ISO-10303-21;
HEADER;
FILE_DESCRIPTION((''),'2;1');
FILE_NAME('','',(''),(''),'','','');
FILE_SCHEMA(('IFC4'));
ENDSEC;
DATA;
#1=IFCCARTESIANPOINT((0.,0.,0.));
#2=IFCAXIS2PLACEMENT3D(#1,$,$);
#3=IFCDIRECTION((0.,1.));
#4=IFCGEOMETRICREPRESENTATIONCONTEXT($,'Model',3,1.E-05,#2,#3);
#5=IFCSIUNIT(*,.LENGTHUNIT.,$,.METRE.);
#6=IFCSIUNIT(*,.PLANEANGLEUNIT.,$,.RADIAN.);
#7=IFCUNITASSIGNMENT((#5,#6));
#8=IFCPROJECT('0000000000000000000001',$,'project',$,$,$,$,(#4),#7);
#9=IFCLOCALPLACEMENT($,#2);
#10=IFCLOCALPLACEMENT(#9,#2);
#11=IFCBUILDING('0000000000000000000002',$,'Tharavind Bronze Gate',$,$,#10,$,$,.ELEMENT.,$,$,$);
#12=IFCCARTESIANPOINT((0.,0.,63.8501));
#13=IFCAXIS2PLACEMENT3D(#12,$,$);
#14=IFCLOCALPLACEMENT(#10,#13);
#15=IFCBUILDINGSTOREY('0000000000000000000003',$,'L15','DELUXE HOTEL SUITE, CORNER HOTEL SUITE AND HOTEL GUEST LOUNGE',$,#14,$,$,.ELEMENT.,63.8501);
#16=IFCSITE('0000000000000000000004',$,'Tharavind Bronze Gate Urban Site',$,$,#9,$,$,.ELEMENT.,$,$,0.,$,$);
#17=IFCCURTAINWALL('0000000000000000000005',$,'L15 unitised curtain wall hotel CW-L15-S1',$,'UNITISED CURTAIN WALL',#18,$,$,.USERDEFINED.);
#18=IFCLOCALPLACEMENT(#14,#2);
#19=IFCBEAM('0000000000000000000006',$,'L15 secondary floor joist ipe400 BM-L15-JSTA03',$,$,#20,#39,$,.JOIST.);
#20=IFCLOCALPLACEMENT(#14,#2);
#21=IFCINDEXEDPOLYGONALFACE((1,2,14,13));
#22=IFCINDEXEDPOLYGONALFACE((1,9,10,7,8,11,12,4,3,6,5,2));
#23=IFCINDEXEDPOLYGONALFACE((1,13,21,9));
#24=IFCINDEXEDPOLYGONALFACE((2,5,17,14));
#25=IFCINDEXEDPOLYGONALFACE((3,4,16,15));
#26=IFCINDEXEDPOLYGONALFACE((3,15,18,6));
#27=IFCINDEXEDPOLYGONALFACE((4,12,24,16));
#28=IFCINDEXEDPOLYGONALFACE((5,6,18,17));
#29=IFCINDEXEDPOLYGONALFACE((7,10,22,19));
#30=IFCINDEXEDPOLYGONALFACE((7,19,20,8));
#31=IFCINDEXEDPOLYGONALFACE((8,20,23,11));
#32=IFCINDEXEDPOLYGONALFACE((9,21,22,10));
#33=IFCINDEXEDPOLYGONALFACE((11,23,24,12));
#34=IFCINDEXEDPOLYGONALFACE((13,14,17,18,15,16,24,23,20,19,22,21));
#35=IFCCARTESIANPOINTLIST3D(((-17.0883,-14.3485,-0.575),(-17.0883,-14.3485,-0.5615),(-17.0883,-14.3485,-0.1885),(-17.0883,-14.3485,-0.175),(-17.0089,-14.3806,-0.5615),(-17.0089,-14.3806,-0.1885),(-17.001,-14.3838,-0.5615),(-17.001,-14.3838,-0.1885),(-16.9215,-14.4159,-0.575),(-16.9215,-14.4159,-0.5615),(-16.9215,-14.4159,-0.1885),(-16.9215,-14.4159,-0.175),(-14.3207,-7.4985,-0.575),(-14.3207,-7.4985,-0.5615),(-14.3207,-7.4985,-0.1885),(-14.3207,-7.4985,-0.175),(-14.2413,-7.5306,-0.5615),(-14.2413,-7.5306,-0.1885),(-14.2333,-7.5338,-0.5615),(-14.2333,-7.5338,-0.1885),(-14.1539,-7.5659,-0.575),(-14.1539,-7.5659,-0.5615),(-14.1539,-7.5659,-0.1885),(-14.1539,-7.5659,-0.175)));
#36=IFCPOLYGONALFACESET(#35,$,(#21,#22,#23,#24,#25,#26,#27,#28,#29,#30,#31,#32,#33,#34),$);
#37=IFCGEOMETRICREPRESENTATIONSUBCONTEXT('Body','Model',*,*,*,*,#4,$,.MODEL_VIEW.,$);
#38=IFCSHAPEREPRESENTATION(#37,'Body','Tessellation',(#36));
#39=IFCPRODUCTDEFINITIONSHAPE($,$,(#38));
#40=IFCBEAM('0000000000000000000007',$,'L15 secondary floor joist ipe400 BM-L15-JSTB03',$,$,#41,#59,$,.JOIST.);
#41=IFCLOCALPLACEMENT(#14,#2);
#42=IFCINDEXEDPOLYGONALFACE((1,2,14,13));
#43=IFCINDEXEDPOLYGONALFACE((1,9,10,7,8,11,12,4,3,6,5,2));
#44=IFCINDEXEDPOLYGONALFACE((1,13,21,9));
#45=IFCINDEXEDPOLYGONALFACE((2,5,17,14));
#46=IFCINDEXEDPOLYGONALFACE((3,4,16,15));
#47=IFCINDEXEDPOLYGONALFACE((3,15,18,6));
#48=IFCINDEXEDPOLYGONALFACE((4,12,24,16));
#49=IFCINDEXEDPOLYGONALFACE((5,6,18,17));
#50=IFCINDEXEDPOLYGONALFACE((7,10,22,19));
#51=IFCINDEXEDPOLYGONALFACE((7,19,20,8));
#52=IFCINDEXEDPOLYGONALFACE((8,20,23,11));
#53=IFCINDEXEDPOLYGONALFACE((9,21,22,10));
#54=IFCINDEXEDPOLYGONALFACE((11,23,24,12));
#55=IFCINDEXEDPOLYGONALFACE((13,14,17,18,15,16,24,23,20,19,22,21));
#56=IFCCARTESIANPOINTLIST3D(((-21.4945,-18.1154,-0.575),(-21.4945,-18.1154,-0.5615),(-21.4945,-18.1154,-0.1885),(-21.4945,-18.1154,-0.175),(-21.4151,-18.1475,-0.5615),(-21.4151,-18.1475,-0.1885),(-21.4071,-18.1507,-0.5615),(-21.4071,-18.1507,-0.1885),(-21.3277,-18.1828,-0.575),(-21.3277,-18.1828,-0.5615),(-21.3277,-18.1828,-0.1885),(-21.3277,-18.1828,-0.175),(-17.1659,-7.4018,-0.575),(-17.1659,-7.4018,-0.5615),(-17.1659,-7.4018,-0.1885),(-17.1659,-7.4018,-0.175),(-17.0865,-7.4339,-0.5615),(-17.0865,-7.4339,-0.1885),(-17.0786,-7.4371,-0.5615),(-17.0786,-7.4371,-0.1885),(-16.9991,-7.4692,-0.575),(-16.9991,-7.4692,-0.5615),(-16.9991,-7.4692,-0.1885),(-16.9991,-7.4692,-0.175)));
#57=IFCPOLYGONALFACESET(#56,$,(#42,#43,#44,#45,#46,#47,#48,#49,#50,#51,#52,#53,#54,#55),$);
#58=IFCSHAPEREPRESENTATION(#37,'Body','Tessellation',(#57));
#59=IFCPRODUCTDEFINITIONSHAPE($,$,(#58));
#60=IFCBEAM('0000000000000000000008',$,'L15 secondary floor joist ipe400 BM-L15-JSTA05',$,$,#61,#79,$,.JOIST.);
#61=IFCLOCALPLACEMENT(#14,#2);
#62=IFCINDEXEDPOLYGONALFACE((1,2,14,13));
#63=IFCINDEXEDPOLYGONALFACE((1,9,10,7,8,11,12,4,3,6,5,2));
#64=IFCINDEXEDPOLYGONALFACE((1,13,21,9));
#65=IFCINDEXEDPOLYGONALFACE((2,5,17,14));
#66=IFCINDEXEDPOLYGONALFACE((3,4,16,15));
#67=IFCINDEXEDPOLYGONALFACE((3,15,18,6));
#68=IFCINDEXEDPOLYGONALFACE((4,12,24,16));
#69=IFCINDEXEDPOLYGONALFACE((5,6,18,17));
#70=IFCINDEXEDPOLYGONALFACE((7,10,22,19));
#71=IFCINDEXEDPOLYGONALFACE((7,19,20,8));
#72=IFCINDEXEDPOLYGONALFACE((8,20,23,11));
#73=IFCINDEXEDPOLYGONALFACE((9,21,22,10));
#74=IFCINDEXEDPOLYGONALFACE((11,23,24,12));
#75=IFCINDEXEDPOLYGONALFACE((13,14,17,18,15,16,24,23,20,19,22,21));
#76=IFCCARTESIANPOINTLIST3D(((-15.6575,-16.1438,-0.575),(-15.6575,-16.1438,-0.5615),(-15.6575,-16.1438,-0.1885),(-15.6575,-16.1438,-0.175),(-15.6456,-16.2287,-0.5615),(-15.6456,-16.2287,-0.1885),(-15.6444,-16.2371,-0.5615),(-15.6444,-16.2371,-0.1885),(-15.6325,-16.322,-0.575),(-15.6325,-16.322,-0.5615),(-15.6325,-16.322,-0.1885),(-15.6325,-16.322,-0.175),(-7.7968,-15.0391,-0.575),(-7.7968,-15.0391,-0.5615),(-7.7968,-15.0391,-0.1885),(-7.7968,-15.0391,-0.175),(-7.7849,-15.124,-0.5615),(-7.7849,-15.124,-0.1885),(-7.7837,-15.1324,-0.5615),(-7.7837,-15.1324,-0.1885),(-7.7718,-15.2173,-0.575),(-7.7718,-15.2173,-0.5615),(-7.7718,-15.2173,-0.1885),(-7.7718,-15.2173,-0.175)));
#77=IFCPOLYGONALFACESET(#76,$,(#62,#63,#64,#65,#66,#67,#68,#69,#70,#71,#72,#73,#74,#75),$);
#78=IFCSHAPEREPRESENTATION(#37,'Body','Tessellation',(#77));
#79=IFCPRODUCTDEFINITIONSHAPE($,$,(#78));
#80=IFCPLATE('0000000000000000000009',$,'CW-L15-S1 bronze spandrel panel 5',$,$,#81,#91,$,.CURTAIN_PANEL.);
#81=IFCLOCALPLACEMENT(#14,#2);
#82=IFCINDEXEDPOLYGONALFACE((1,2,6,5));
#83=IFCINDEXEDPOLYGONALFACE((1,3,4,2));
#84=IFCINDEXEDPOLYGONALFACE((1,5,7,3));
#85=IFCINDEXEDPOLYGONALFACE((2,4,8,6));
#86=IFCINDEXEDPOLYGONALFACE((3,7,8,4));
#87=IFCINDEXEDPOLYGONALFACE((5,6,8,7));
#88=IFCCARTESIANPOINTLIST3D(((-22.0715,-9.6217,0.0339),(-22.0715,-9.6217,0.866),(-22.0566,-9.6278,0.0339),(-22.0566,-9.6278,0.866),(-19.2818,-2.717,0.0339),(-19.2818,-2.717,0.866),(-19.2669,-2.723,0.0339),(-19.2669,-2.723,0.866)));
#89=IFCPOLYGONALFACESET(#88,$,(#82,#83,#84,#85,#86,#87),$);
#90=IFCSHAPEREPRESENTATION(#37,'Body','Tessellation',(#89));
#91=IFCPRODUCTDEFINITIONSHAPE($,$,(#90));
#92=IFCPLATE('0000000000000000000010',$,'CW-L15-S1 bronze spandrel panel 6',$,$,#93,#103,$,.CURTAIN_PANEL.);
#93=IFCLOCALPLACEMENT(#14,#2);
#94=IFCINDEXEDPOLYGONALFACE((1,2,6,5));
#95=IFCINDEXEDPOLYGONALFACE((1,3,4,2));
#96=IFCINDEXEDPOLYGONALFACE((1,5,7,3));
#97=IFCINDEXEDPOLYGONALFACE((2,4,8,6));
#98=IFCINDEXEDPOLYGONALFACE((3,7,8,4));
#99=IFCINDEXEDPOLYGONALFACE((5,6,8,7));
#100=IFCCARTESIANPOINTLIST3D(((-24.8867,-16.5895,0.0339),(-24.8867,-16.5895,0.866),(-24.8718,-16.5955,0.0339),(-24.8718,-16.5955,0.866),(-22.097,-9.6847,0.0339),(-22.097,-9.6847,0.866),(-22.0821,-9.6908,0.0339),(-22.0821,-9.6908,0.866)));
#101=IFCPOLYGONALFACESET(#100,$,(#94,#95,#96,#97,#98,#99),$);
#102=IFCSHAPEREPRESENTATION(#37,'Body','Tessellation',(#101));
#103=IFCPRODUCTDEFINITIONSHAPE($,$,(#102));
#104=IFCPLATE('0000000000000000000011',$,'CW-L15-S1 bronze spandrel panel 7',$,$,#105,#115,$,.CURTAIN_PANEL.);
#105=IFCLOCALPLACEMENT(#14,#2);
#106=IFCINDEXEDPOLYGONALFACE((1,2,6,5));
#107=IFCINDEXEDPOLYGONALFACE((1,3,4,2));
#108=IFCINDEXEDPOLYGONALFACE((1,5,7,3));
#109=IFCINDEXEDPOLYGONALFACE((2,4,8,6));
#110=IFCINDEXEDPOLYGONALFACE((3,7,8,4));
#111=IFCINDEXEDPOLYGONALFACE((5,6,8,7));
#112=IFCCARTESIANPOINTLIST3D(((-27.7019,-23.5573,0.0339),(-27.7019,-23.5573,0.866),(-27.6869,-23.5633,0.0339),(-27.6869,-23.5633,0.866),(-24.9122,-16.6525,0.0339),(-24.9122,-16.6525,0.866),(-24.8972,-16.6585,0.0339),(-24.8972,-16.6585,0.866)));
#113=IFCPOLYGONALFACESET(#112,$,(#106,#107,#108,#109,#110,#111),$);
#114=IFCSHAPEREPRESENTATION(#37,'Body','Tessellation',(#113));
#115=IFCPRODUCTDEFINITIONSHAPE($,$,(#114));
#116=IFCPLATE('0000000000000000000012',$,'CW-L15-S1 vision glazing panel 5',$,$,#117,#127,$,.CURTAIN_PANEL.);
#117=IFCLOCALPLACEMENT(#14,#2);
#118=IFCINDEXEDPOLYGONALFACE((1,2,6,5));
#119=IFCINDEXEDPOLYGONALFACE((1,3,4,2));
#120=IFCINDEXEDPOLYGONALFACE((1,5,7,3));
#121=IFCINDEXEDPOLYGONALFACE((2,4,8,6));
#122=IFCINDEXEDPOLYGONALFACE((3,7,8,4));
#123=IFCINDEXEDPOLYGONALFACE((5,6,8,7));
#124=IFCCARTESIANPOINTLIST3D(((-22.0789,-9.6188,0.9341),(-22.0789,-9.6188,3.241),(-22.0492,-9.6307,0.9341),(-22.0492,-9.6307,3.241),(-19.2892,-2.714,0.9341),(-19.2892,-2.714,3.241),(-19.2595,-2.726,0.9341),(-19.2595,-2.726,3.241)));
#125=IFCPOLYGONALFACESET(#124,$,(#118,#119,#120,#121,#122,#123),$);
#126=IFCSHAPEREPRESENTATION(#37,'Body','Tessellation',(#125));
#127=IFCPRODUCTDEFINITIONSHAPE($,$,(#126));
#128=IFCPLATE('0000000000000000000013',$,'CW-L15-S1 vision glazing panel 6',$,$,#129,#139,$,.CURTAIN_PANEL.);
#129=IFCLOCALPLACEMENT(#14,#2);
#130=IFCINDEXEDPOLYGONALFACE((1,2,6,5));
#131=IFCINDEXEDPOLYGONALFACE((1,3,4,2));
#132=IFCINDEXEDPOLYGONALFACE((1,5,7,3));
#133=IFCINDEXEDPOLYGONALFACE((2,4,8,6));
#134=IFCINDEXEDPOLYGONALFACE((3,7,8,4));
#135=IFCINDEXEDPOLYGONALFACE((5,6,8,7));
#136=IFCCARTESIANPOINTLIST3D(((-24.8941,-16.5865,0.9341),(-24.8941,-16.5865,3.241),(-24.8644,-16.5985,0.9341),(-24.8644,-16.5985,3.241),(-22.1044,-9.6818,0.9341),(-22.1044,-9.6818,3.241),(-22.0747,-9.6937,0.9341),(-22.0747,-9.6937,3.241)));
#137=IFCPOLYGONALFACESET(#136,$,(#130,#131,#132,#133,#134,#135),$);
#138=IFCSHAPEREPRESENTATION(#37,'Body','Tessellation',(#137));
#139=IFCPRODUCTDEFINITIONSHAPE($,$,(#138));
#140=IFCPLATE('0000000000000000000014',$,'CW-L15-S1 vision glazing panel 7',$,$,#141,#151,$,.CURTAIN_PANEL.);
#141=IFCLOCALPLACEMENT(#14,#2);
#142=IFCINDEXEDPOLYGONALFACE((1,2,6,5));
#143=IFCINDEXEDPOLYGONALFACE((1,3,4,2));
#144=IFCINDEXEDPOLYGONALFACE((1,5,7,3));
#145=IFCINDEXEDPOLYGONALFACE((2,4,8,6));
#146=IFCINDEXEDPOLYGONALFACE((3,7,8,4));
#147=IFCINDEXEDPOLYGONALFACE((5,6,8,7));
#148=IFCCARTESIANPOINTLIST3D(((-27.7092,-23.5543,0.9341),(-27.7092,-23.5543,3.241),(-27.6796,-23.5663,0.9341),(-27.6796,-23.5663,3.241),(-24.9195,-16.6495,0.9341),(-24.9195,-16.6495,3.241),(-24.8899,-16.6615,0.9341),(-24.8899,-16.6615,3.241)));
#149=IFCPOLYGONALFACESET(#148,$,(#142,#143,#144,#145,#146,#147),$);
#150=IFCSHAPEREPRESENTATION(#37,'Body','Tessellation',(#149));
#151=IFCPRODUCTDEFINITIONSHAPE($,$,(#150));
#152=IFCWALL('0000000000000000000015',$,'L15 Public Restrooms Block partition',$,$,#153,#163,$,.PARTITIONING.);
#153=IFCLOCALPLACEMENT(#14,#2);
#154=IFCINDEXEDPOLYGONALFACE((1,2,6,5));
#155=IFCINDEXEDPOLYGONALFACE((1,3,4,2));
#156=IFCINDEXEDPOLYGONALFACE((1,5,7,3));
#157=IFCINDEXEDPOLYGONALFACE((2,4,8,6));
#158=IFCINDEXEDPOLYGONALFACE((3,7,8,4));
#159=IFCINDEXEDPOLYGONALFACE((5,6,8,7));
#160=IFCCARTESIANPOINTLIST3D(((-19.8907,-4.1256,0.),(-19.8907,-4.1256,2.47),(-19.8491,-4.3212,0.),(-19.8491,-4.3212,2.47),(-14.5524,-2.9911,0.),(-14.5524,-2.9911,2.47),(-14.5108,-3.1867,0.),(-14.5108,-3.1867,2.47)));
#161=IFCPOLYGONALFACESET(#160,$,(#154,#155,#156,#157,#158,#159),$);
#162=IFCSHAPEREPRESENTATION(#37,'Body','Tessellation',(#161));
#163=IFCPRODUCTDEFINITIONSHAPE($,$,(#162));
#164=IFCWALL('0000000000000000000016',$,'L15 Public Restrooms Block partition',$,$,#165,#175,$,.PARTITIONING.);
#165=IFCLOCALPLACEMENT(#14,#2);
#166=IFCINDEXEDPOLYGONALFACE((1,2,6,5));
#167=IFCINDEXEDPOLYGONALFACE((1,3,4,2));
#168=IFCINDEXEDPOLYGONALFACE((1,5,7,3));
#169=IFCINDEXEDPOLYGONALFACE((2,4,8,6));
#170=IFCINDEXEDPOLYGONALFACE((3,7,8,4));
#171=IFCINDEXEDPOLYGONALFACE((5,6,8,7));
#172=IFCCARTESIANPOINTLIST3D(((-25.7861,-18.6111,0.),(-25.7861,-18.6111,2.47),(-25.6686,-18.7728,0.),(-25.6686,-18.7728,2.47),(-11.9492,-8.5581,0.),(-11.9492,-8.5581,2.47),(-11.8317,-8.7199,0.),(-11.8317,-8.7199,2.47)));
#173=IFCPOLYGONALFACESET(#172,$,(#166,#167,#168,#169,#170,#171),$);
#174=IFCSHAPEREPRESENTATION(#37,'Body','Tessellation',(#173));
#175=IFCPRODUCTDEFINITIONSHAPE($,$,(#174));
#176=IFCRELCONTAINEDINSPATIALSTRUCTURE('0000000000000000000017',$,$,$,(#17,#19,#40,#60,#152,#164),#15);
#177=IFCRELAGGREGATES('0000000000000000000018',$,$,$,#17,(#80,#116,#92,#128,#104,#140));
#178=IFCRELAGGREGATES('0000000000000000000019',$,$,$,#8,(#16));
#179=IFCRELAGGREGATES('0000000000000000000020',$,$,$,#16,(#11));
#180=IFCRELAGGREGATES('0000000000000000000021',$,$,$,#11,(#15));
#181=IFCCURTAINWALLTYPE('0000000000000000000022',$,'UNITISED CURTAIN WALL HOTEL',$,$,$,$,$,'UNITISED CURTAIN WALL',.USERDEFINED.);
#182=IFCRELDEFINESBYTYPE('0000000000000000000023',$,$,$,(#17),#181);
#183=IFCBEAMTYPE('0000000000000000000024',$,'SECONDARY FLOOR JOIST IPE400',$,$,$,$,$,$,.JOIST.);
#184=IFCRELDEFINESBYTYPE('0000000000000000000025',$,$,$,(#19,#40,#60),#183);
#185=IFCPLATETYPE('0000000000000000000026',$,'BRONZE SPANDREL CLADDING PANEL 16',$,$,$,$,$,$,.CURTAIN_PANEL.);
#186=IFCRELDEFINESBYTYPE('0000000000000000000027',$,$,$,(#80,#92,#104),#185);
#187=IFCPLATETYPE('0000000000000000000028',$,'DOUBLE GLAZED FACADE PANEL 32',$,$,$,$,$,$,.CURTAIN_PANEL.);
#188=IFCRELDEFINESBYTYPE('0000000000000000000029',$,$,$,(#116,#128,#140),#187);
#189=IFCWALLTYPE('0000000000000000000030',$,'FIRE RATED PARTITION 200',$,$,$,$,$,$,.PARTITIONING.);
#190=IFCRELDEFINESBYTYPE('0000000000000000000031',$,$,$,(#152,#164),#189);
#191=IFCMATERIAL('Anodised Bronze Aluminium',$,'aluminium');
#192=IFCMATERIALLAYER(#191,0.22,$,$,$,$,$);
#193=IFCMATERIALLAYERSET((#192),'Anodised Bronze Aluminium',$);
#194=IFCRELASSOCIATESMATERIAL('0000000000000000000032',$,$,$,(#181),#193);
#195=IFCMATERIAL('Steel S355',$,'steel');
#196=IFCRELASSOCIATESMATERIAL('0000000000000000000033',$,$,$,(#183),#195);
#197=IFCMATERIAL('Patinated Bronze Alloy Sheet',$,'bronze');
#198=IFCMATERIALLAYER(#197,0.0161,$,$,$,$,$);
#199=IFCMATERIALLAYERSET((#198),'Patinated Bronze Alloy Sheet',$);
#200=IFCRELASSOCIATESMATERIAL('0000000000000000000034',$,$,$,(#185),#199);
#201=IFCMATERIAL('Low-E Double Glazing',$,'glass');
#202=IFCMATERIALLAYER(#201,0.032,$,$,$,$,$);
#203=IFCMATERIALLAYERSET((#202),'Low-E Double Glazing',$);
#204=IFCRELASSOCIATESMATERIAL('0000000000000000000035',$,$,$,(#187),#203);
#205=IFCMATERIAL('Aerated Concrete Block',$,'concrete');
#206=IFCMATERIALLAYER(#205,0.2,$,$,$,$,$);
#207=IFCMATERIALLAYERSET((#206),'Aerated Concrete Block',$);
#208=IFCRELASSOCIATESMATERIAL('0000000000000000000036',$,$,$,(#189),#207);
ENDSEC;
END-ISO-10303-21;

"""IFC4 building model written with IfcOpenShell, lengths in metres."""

from ifc_helpers import new_model, si_unit, direction, frame, frame_2d, origin, origin_2d, place, context, subcontext, project, spatial, rectangle, i_section, extrude, material, layer, layer_set, material_profile, profile_set, type_object, element, aggregate, save


model = new_model("IFC4")

# Units and contexts
model_context = context("Model", 3, precision=1e-05, world=origin(), true_north=direction((0.0, 1.0)))
body_context = subcontext(model_context, "Body", "Model", "MODEL_VIEW")
ifc_project = project(units=[si_unit("LENGTHUNIT", "METRE"), si_unit("PLANEANGLEUNIT", "RADIAN")], contexts=[model_context])

# Site, building, storey
site_placement = place(None, origin())
site = spatial("IfcSite", under=ifc_project, at=site_placement, Name="Tharavind Bronze Gate Urban Site", CompositionType="ELEMENT", RefElevation=0.0)
building_placement = place(site_placement, origin())
building = spatial("IfcBuilding", under=site, at=building_placement, Name="Tharavind Bronze Gate", CompositionType="ELEMENT")
storey_placement = place(building_placement, frame((0.0, 0.0, 63.8501)))
storey = spatial("IfcBuildingStorey", under=building, at=storey_placement, Name="L15", Description="DELUXE HOTEL SUITE, CORNER HOTEL SUITE AND HOTEL GUEST LOUNGE", CompositionType="ELEMENT", Elevation=63.8501)

# Curtain wall
ifc_material_1 = material(Name="Anodised Bronze Aluminium", Category="aluminium")
ifc_layer_1 = layer(ifc_material_1, 0.22)
ifc_layer_set_1 = layer_set([ifc_layer_1], Name="Anodised Bronze Aluminium")
curtain_wall_type = type_object("IfcCurtainWallType", Name="UNITISED CURTAIN WALL HOTEL", ElementType="UNITISED CURTAIN WALL", PredefinedType="USERDEFINED", material=ifc_layer_set_1)
curtain_wall_placement = place(storey_placement, origin())
curtain_wall = element("IfcCurtainWall", 1, at=curtain_wall_placement, inside=storey, type_object=curtain_wall_type, Name="L15 unitised curtain wall hotel CW-L15-S1", ObjectType="UNITISED CURTAIN WALL", PredefinedType="USERDEFINED")

# Beams
ifc_material_2 = material(Name="Steel S355", Category="steel")
ifc_material_profile_1 = material_profile(ifc_material_2, i_section(OverallWidth=0.1799, OverallDepth=0.3999, WebThickness=0.0085, FlangeThickness=0.0134, at=origin_2d()), Name="IPE400")
ifc_profile_set_1 = profile_set([ifc_material_profile_1], Name="Steel S355")
beam_type_1 = type_object("IfcBeamType", Name="SECONDARY FLOOR JOIST IPE400", PredefinedType="JOIST", material=ifc_profile_set_1)
beam_1_placement = place(storey_placement, frame((-14.2373, -7.5322, -0.375), z_axis=(-0.374613, -0.927181, 0.0), x_axis=(0.927181, -0.374613, 0.0)))
element("IfcBeam", 2, at=beam_1_placement, inside=storey, type_object=beam_type_1, Name="L15 secondary floor joist ipe400 BM-L15-JSTA03", PredefinedType="JOIST", context=body_context, shape_type="SweptSolid", body=[
    extrude(i_section(OverallWidth=0.1799, OverallDepth=0.3999, WebThickness=0.0085, FlangeThickness=0.0134, at=origin_2d()), origin(), (0.0, 0.0, 1.0), 7.3879),
])
beam_2_placement = place(storey_placement, frame((-17.0825, -7.4355, -0.375), z_axis=(-0.374609, -0.927183, 0.0), x_axis=(0.927183, -0.374609, 0.0)))
element("IfcBeam", 3, at=beam_2_placement, inside=storey, type_object=beam_type_1, Name="L15 secondary floor joist ipe400 BM-L15-JSTB03", PredefinedType="JOIST", context=body_context, shape_type="SweptSolid", body=[
    extrude(i_section(OverallWidth=0.1799, OverallDepth=0.3999, WebThickness=0.0085, FlangeThickness=0.0134, at=origin_2d()), origin(), (0.0, 0.0, 1.0), 11.5549),
])
beam_3_placement = place(storey_placement, frame((-15.645, -16.2329, -0.375), z_axis=(0.990269, 0.139169, 0.0), x_axis=(-0.139169, 0.990269, 0.0)))
element("IfcBeam", 4, at=beam_3_placement, inside=storey, type_object=beam_type_1, Name="L15 secondary floor joist ipe400 BM-L15-JSTA05", PredefinedType="JOIST", context=body_context, shape_type="SweptSolid", body=[
    extrude(i_section(OverallWidth=0.1799, OverallDepth=0.3999, WebThickness=0.0085, FlangeThickness=0.0134, at=origin_2d()), origin(), (0.0, 0.0, 1.0), 7.938),
])

# Plates
ifc_material_3 = material(Name="Patinated Bronze Alloy Sheet", Category="bronze")
ifc_layer_2 = layer(ifc_material_3, 0.0161)
ifc_layer_set_2 = layer_set([ifc_layer_2], Name="Patinated Bronze Alloy Sheet")
plate_type_1 = type_object("IfcPlateType", Name="BRONZE SPANDREL CLADDING PANEL 16", PredefinedType="CURTAIN_PANEL", material=ifc_layer_set_2)
plate_1_placement = place(storey_placement, frame((-20.6692, -6.1724, 0.0339), z_axis=(0.0, 0.0, 1.0), x_axis=(-0.374607, -0.927184, 0.0)))
plate_1 = element("IfcPlate", 5, at=plate_1_placement, type_object=plate_type_1, Name="CW-L15-S1 bronze spandrel panel 5", PredefinedType="CURTAIN_PANEL", context=body_context, shape_type="SweptSolid", body=[
    extrude(rectangle(XDim=7.447, YDim=0.0161, at=origin_2d()), origin(), (0.0, 0.0, 1.0), 0.832),
])
plate_2_placement = place(storey_placement, frame((-23.4844, -13.1401, 0.0339), z_axis=(0.0, 0.0, 1.0), x_axis=(-0.374607, -0.927184, 0.0)))
plate_2 = element("IfcPlate", 6, at=plate_2_placement, type_object=plate_type_1, Name="CW-L15-S1 bronze spandrel panel 6", PredefinedType="CURTAIN_PANEL", context=body_context, shape_type="SweptSolid", body=[
    extrude(rectangle(XDim=7.447, YDim=0.0161, at=origin_2d()), origin(), (0.0, 0.0, 1.0), 0.832),
])
plate_3_placement = place(storey_placement, frame((-26.2996, -20.1079, 0.0339), z_axis=(0.0, 0.0, 1.0), x_axis=(-0.374607, -0.927184, 0.0)))
plate_3 = element("IfcPlate", 7, at=plate_3_placement, type_object=plate_type_1, Name="CW-L15-S1 bronze spandrel panel 7", PredefinedType="CURTAIN_PANEL", context=body_context, shape_type="SweptSolid", body=[
    extrude(rectangle(XDim=7.447, YDim=0.0161, at=origin_2d()), origin(), (0.0, 0.0, 1.0), 0.832),
])
ifc_material_4 = material(Name="Low-E Double Glazing", Category="glass")
ifc_layer_3 = layer(ifc_material_4, 0.032)
ifc_layer_set_3 = layer_set([ifc_layer_3], Name="Low-E Double Glazing")
plate_type_2 = type_object("IfcPlateType", Name="DOUBLE GLAZED FACADE PANEL 32", PredefinedType="CURTAIN_PANEL", material=ifc_layer_set_3)
plate_4_placement = place(storey_placement, frame((-20.6692, -6.1724, 0.9341), z_axis=(0.0, 0.0, 1.0), x_axis=(-0.374607, -0.927184, 0.0)))
plate_4 = element("IfcPlate", 8, at=plate_4_placement, type_object=plate_type_2, Name="CW-L15-S1 vision glazing panel 5", PredefinedType="CURTAIN_PANEL", context=body_context, shape_type="SweptSolid", body=[
    extrude(rectangle(XDim=7.447, YDim=0.032, at=origin_2d()), origin(), (0.0, 0.0, 1.0), 2.3069),
])
plate_5_placement = place(storey_placement, frame((-23.4844, -13.1401, 0.9341), z_axis=(0.0, 0.0, 1.0), x_axis=(-0.374607, -0.927184, 0.0)))
plate_5 = element("IfcPlate", 9, at=plate_5_placement, type_object=plate_type_2, Name="CW-L15-S1 vision glazing panel 6", PredefinedType="CURTAIN_PANEL", context=body_context, shape_type="SweptSolid", body=[
    extrude(rectangle(XDim=7.447, YDim=0.032, at=origin_2d()), origin(), (0.0, 0.0, 1.0), 2.3069),
])
plate_6_placement = place(storey_placement, frame((-26.2996, -20.1079, 0.9341), z_axis=(0.0, 0.0, 1.0), x_axis=(-0.374607, -0.927184, 0.0)))
plate_6 = element("IfcPlate", 10, at=plate_6_placement, type_object=plate_type_2, Name="CW-L15-S1 vision glazing panel 7", PredefinedType="CURTAIN_PANEL", context=body_context, shape_type="SweptSolid", body=[
    extrude(rectangle(XDim=7.447, YDim=0.032, at=origin_2d()), origin(), (0.0, 0.0, 1.0), 2.3069),
])
aggregate(curtain_wall, [plate_1, plate_4, plate_2, plate_5, plate_3, plate_6])

# Walls
ifc_material_5 = material(Name="Aerated Concrete Block", Category="concrete")
ifc_layer_4 = layer(ifc_material_5, 0.2)
ifc_layer_set_4 = layer_set([ifc_layer_4], Name="Aerated Concrete Block")
wall_type_1 = type_object("IfcWallType", Name="FIRE RATED PARTITION 200", PredefinedType="PARTITIONING", material=ifc_layer_set_4)
wall_1_placement = place(storey_placement, frame((-19.8699, -4.2234, 0.0), z_axis=(0.0, 0.0, 1.0), x_axis=(0.978155, 0.207879, 0.0)))
element("IfcWall", 11, at=wall_1_placement, inside=storey, type_object=wall_type_1, Name="L15 Public Restrooms Block partition", PredefinedType="PARTITIONING", context=body_context, shape_type="SweptSolid", body=[
    extrude(rectangle(XDim=5.4575, YDim=0.2, at=frame_2d((2.7288, 0.0))), origin(), (0.0, 0.0, 1.0), 2.47),
])
wall_2_placement = place(storey_placement, frame((-11.8904, -8.6389, 0.0), z_axis=(0.0, 0.0, 1.0), x_axis=(-0.809021, -0.58778, 0.0)))
element("IfcWall", 12, at=wall_2_placement, inside=storey, type_object=wall_type_1, Name="L15 Public Restrooms Block partition", PredefinedType="PARTITIONING", context=body_context, shape_type="SweptSolid", body=[
    extrude(rectangle(XDim=17.1033, YDim=0.2, at=frame_2d((8.5518, 0.0))), origin(), (0.0, 0.0, 1.0), 2.47),
])

save(model, "model.ifc")
